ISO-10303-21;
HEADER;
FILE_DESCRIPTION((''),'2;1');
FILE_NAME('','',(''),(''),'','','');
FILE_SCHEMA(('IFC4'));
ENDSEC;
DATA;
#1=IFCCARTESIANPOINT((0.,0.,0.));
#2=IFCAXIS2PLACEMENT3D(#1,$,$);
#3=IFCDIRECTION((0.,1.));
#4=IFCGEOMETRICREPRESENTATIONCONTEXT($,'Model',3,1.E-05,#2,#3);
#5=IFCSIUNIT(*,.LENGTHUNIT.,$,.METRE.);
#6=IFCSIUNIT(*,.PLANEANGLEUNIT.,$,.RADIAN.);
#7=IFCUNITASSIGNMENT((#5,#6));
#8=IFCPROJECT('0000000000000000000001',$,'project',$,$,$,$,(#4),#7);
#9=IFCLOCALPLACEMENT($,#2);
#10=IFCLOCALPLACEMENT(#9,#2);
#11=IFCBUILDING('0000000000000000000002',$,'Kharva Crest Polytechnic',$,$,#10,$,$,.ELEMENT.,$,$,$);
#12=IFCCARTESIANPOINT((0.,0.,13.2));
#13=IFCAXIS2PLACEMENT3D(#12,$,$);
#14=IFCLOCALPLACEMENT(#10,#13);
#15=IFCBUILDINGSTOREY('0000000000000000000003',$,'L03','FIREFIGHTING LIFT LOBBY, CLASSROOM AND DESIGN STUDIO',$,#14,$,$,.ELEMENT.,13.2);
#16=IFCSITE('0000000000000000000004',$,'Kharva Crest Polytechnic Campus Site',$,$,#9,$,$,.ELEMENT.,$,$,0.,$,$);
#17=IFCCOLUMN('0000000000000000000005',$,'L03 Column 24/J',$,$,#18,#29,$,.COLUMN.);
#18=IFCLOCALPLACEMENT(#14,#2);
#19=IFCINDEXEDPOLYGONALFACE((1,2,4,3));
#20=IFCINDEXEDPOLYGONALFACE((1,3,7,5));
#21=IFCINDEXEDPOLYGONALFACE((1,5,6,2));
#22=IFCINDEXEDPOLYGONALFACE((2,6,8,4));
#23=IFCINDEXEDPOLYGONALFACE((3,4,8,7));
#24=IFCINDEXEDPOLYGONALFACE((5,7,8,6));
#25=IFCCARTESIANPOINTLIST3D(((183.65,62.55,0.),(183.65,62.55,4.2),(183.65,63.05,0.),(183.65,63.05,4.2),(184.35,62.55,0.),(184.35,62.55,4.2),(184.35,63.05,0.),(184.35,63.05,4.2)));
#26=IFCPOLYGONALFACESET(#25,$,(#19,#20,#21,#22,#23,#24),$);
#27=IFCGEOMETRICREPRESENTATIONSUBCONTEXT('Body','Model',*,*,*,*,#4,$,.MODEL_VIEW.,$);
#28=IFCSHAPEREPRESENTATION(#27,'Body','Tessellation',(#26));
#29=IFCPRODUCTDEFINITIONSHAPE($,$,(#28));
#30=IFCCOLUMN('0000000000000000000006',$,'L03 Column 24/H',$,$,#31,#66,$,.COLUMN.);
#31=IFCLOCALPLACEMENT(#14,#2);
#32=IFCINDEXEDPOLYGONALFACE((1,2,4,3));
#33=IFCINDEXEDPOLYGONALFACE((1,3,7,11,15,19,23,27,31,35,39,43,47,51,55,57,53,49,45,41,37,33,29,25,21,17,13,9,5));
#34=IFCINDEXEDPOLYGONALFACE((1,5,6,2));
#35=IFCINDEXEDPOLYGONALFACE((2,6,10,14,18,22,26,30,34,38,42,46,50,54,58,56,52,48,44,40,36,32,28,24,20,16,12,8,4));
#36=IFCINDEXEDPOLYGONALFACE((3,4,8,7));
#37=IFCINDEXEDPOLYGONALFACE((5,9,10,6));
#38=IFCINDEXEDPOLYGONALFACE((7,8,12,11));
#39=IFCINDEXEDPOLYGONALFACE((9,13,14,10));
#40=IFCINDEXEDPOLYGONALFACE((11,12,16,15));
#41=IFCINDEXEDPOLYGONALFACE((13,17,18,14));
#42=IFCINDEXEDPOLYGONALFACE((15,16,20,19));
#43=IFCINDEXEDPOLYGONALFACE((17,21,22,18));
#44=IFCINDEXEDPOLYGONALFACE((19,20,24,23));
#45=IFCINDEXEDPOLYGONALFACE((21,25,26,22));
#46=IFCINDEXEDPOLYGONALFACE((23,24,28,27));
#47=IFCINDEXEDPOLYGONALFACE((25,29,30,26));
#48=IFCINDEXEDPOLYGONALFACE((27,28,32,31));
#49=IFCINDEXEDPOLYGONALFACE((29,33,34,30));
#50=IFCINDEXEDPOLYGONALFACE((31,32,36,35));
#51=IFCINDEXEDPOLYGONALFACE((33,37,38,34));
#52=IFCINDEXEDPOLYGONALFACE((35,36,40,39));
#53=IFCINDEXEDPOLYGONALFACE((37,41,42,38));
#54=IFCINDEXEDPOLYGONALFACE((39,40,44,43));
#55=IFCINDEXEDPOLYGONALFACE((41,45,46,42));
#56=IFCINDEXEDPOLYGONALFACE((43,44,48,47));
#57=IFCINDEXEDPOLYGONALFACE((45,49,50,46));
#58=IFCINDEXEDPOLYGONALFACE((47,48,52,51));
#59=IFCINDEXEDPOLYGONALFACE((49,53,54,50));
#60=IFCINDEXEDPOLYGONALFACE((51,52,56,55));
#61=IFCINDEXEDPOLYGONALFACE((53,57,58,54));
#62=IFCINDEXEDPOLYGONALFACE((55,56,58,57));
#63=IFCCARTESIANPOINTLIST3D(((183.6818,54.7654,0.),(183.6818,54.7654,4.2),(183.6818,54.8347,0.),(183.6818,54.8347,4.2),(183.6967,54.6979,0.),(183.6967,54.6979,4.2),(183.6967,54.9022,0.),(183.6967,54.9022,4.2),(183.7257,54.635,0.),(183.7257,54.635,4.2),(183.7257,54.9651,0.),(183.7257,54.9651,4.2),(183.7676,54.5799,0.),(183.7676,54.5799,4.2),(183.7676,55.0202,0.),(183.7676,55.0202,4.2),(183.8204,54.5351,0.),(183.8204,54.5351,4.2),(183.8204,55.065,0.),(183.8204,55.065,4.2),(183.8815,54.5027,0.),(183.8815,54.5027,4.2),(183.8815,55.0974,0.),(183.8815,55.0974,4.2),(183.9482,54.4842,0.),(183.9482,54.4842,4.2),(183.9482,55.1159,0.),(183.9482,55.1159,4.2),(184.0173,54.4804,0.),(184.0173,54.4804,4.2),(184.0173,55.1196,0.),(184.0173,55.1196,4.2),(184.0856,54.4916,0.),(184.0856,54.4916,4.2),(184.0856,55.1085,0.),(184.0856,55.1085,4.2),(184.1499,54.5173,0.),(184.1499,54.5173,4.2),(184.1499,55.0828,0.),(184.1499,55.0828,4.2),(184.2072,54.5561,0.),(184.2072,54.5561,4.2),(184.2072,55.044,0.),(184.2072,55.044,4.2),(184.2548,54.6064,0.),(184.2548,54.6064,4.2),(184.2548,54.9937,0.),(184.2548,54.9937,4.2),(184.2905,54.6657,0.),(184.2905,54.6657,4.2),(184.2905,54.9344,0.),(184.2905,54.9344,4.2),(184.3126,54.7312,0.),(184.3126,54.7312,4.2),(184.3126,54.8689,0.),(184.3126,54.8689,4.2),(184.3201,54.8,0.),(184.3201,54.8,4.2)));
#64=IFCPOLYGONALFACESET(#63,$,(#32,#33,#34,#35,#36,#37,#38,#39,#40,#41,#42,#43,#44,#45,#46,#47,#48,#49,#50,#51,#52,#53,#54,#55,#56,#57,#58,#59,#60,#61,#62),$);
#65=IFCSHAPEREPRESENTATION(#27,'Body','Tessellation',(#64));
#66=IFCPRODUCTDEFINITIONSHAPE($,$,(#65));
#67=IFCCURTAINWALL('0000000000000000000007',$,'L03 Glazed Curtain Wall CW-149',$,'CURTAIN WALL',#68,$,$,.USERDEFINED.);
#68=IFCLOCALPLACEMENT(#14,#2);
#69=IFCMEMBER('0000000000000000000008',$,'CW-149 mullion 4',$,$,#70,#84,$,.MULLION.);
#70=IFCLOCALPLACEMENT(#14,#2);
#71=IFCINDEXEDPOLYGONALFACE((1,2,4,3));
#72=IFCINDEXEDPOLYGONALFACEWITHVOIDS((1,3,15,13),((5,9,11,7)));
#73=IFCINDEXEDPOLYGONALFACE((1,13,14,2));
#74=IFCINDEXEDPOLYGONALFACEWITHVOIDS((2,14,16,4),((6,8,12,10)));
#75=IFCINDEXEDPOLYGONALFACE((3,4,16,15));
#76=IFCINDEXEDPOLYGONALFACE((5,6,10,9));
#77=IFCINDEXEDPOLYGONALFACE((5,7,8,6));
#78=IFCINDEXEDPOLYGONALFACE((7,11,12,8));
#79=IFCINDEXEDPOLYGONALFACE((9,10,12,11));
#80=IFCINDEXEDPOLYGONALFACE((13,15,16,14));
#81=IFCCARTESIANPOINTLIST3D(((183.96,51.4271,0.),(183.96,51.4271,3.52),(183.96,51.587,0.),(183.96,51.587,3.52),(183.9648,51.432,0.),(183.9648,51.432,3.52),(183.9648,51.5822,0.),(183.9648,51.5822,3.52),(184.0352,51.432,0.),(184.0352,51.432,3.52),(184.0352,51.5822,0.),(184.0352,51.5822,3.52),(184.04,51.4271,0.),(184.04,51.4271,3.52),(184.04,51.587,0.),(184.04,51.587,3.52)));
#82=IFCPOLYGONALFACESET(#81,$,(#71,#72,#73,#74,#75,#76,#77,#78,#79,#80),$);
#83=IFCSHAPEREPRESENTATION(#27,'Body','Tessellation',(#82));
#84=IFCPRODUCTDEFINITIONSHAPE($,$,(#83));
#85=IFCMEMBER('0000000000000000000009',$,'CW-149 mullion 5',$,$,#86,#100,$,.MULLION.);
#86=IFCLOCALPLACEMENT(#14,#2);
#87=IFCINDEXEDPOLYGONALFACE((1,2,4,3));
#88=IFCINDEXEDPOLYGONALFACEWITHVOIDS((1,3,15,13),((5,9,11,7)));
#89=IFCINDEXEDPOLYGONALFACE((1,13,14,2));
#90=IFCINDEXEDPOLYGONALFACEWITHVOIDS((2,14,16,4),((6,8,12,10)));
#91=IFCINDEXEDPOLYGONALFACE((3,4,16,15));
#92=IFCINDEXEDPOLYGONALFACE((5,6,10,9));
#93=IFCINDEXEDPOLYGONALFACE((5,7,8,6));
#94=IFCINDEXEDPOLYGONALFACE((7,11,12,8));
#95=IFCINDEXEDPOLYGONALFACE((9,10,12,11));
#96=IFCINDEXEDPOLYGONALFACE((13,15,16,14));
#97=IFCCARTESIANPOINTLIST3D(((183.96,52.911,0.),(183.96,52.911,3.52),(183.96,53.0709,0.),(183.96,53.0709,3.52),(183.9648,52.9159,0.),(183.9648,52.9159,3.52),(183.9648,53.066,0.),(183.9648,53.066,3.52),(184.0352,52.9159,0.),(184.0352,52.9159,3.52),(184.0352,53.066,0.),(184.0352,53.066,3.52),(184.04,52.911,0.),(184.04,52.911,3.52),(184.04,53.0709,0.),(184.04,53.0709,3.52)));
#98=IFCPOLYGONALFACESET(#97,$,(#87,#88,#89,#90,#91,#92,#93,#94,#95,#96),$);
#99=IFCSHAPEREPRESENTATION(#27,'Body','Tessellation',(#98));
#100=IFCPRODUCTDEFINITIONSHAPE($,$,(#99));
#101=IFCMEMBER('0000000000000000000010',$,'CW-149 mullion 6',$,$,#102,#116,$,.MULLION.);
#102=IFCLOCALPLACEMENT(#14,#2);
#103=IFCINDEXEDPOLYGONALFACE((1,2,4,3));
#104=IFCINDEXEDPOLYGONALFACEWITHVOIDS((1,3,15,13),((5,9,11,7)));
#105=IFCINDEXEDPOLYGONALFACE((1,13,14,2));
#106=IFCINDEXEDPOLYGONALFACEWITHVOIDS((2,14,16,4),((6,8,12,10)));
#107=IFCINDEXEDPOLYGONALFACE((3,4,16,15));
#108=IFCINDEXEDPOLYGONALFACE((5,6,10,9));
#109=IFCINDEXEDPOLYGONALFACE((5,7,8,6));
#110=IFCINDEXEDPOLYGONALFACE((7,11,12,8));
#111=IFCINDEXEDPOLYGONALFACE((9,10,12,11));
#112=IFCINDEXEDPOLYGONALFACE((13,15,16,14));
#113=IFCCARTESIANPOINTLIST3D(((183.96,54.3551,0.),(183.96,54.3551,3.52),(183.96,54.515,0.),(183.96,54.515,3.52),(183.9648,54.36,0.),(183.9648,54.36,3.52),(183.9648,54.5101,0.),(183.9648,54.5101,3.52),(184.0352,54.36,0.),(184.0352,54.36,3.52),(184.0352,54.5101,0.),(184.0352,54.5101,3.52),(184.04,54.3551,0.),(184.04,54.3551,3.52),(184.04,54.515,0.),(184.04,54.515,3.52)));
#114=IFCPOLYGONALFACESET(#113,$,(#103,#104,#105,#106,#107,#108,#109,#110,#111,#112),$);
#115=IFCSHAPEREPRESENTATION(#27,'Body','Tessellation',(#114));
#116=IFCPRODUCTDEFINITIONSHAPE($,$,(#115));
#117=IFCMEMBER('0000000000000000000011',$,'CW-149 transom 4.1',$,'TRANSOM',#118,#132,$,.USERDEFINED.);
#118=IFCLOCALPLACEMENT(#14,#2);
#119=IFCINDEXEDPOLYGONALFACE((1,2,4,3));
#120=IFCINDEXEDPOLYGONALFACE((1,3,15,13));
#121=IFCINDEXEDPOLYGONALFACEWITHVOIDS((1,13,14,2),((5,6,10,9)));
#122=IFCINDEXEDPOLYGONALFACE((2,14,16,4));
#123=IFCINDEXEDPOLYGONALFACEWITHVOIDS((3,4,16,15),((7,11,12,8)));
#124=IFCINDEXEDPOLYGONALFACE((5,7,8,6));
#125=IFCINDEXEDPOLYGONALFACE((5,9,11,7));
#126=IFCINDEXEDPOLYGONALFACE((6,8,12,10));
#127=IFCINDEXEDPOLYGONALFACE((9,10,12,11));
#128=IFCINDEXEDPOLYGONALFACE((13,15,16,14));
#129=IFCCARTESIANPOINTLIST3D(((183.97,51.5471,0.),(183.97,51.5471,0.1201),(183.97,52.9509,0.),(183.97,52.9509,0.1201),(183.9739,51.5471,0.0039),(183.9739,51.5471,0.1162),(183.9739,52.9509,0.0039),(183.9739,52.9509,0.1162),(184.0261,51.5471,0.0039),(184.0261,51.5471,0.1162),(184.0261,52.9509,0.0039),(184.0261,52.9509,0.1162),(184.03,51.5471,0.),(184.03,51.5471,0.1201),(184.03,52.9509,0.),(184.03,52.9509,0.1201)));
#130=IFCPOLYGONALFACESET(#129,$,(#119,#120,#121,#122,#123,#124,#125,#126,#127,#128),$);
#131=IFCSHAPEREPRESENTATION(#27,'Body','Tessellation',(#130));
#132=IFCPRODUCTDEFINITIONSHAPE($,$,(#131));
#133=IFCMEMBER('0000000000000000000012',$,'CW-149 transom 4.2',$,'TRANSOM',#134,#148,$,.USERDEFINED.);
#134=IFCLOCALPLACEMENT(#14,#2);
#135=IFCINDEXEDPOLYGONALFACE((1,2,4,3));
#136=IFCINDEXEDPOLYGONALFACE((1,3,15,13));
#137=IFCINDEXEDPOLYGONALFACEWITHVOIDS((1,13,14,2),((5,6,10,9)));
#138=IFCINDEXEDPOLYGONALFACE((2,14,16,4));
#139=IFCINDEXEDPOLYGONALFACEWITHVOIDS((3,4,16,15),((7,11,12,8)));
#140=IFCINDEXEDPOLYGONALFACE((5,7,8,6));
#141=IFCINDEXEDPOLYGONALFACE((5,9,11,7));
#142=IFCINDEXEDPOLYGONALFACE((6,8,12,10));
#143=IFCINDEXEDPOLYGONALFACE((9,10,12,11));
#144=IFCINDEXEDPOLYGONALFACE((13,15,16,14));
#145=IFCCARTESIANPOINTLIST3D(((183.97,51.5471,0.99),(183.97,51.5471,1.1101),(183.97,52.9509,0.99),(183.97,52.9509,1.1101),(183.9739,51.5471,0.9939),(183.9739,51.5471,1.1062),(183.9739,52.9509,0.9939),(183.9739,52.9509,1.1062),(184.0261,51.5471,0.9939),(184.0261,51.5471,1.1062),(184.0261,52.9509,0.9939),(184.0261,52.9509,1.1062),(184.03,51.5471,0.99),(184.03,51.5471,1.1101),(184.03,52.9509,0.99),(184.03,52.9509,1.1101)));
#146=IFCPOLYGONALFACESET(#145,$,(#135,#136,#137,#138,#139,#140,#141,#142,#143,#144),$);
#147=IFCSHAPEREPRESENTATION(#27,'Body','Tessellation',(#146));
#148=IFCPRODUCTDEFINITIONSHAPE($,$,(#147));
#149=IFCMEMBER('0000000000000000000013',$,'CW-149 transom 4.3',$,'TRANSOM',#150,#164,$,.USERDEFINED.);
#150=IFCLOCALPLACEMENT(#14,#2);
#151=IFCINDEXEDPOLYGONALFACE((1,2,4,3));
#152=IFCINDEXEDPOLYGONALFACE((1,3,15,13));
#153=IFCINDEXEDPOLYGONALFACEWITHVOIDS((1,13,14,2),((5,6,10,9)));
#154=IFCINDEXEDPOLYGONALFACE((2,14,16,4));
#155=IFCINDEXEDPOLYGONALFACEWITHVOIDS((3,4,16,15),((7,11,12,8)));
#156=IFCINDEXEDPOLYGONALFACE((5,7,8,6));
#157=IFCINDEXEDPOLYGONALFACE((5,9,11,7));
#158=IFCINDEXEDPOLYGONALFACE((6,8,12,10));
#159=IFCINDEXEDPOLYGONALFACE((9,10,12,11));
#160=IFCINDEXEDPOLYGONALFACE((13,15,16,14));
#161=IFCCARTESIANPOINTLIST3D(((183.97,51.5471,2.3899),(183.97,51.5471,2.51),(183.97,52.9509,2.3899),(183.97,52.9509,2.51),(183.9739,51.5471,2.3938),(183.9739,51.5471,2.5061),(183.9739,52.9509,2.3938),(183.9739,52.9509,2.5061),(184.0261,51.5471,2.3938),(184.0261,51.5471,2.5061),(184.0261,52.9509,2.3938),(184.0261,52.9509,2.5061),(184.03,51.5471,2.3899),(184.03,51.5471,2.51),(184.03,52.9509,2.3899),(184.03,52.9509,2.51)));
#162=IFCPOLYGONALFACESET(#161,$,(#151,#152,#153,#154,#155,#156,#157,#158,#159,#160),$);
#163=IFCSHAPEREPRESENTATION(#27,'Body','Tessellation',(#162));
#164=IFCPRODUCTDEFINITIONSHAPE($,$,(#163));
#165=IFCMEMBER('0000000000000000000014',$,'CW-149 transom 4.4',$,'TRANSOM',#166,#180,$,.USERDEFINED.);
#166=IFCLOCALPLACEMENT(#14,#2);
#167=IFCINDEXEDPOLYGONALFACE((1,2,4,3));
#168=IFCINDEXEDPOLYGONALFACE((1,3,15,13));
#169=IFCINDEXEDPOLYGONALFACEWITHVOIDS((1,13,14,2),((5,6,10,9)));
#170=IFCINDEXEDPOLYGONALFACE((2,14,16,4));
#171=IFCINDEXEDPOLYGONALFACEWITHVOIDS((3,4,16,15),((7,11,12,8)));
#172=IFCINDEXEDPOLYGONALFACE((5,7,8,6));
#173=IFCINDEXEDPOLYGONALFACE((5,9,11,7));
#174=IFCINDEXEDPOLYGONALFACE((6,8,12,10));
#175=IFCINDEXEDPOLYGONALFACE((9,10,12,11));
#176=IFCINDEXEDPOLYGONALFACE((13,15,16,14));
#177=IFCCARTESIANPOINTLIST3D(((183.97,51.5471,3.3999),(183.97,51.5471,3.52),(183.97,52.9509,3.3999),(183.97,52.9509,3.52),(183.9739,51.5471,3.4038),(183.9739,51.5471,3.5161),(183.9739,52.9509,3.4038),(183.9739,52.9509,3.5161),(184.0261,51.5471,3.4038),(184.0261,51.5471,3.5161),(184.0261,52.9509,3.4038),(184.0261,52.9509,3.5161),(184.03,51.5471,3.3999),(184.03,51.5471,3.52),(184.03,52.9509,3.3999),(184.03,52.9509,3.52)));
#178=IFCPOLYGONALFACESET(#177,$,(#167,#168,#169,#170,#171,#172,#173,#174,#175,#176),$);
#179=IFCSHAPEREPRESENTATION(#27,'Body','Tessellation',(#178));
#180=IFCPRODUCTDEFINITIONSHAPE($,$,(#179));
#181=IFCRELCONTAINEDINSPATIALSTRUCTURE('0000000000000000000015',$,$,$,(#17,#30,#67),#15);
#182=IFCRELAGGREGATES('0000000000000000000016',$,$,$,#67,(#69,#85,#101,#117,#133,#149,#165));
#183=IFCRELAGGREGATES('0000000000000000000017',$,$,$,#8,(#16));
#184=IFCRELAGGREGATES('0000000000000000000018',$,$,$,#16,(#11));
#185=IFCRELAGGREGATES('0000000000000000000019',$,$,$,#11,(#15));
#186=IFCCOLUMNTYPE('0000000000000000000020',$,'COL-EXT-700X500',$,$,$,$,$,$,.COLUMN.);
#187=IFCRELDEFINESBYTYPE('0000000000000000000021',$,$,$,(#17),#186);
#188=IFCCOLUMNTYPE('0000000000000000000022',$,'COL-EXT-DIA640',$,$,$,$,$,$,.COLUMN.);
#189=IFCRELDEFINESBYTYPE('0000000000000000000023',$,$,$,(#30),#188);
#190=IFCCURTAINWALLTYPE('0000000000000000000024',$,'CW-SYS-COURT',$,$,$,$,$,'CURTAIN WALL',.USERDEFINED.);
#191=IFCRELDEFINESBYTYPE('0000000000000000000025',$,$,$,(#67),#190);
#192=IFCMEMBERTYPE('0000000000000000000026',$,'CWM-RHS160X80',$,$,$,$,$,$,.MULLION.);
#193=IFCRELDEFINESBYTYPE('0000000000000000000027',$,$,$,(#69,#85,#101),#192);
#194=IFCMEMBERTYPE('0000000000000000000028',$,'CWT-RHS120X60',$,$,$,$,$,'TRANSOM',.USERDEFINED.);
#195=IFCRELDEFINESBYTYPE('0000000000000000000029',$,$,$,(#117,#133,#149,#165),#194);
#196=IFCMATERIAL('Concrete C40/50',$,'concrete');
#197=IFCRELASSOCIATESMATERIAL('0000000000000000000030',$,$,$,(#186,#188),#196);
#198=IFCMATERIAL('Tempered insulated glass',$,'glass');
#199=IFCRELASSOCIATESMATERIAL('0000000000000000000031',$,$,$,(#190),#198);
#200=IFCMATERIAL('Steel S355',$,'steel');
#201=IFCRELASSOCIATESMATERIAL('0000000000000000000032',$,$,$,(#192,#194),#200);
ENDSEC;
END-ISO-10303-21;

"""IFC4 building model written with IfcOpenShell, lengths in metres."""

from ifc_helpers import new_model, si_unit, direction, frame, origin, origin_2d, place, context, subcontext, project, spatial, rectangle, hollow_rectangle, circle, extrude, material, material_profile, profile_set, type_object, element, aggregate, save


model = new_model("IFC4")

# Units and contexts
model_context = context("Model", 3, precision=1e-05, world=origin(), true_north=direction((0.0, 1.0)))
body_context = subcontext(model_context, "Body", "Model", "MODEL_VIEW")
ifc_project = project(units=[si_unit("LENGTHUNIT", "METRE"), si_unit("PLANEANGLEUNIT", "RADIAN")], contexts=[model_context])

# Site, building, storey
site_placement = place(None, origin())
site = spatial("IfcSite", under=ifc_project, at=site_placement, Name="Kharva Crest Polytechnic Campus Site", CompositionType="ELEMENT", RefElevation=0.0)
building_placement = place(site_placement, origin())
building = spatial("IfcBuilding", under=site, at=building_placement, Name="Kharva Crest Polytechnic", CompositionType="ELEMENT")
storey_placement = place(building_placement, frame((0.0, 0.0, 13.2)))
storey = spatial("IfcBuildingStorey", under=building, at=storey_placement, Name="L03", Description="FIREFIGHTING LIFT LOBBY, CLASSROOM AND DESIGN STUDIO", CompositionType="ELEMENT", Elevation=13.2)

# Columns
ifc_material_1 = material(Name="Concrete C40/50", Category="concrete")
ifc_material_profile_1 = material_profile(ifc_material_1, rectangle(XDim=0.7, YDim=0.5, at=origin_2d()), Name="RECT 700 X 500")
ifc_profile_set_1 = profile_set([ifc_material_profile_1], Name="Concrete C40/50")
column_type_1 = type_object("IfcColumnType", Name="COL-EXT-700X500", PredefinedType="COLUMN", material=ifc_profile_set_1)
column_1_placement = place(storey_placement, frame((184.0, 62.8, 0.0), z_axis=(0.0, 0.0, 1.0), x_axis=(1.0, 0.0, 0.0)))
element("IfcColumn", 1, at=column_1_placement, inside=storey, type_object=column_type_1, Name="L03 Column 24/J", PredefinedType="COLUMN", context=body_context, shape_type="SweptSolid", body=[
    extrude(rectangle(XDim=0.7, YDim=0.5, at=origin_2d()), origin(), (0.0, 0.0, 1.0), 4.2),
])
ifc_material_profile_2 = material_profile(ifc_material_1, circle(Radius=0.3201, at=origin_2d()), Name="DIA 640")
ifc_profile_set_2 = profile_set([ifc_material_profile_2], Name="Concrete C40/50")
column_type_2 = type_object("IfcColumnType", Name="COL-EXT-DIA640", PredefinedType="COLUMN", material=ifc_profile_set_2)
column_2_placement = place(storey_placement, frame((184.0, 54.8, 0.0), z_axis=(0.0, 0.0, 1.0), x_axis=(1.0, 0.0, 0.0)))
element("IfcColumn", 2, at=column_2_placement, inside=storey, type_object=column_type_2, Name="L03 Column 24/H", PredefinedType="COLUMN", context=body_context, shape_type="SweptSolid", body=[
    extrude(circle(Radius=0.3201, at=origin_2d()), origin(), (0.0, 0.0, 1.0), 4.2),
])

# Curtain wall, members
ifc_material_2 = material(Name="Tempered insulated glass", Category="glass")
curtain_wall_type = type_object("IfcCurtainWallType", Name="CW-SYS-COURT", ElementType="CURTAIN WALL", PredefinedType="USERDEFINED", material=ifc_material_2)
curtain_wall_placement = place(storey_placement, origin())
curtain_wall = element("IfcCurtainWall", 3, at=curtain_wall_placement, inside=storey, type_object=curtain_wall_type, Name="L03 Glazed Curtain Wall CW-149", ObjectType="CURTAIN WALL", PredefinedType="USERDEFINED")
ifc_material_3 = material(Name="Steel S355", Category="steel")
ifc_material_profile_3 = material_profile(ifc_material_3, hollow_rectangle(XDim=0.0801, YDim=0.1599, WallThickness=0.0049, at=origin_2d()), Name="RHS 160X80X5.0")
ifc_profile_set_3 = profile_set([ifc_material_profile_3], Name="Steel S355")
member_type_1 = type_object("IfcMemberType", Name="CWM-RHS160X80", PredefinedType="MULLION", material=ifc_profile_set_3)
member_1_placement = place(storey_placement, frame((184.0, 51.5071, 0.0), z_axis=(0.0, 0.0, 1.0), x_axis=(-1.0, 0.0, 0.0)))
member_1 = element("IfcMember", 4, at=member_1_placement, type_object=member_type_1, Name="CW-149 mullion 4", PredefinedType="MULLION", context=body_context, shape_type="SweptSolid", body=[
    extrude(hollow_rectangle(XDim=0.0801, YDim=0.1599, WallThickness=0.0049, at=origin_2d()), origin(), (0.0, 0.0, 1.0), 3.52),
])
member_2_placement = place(storey_placement, frame((184.0, 52.991, 0.0), z_axis=(0.0, 0.0, 1.0), x_axis=(-1.0, 0.0, 0.0)))
member_2 = element("IfcMember", 5, at=member_2_placement, type_object=member_type_1, Name="CW-149 mullion 5", PredefinedType="MULLION", context=body_context, shape_type="SweptSolid", body=[
    extrude(hollow_rectangle(XDim=0.0801, YDim=0.1599, WallThickness=0.0049, at=origin_2d()), origin(), (0.0, 0.0, 1.0), 3.52),
])
member_3_placement = place(storey_placement, frame((184.0, 54.4351, 0.0), z_axis=(0.0, 0.0, 1.0), x_axis=(-1.0, 0.0, 0.0)))
member_3 = element("IfcMember", 6, at=member_3_placement, type_object=member_type_1, Name="CW-149 mullion 6", PredefinedType="MULLION", context=body_context, shape_type="SweptSolid", body=[
    extrude(hollow_rectangle(XDim=0.0801, YDim=0.1599, WallThickness=0.0049, at=origin_2d()), origin(), (0.0, 0.0, 1.0), 3.52),
])
ifc_material_profile_4 = material_profile(ifc_material_3, hollow_rectangle(XDim=0.0601, YDim=0.1201, WallThickness=0.0039, at=origin_2d()), Name="RHS 120X60X4.0")
ifc_profile_set_4 = profile_set([ifc_material_profile_4], Name="Steel S355")
member_type_2 = type_object("IfcMemberType", Name="CWT-RHS120X60", ElementType="TRANSOM", PredefinedType="USERDEFINED", material=ifc_profile_set_4)
member_4_placement = place(storey_placement, frame((184.0, 51.5471, 0.0601), z_axis=(0.0, 1.0, 0.0), x_axis=(-1.0, 0.0, 0.0)))
member_4 = element("IfcMember", 7, at=member_4_placement, type_object=member_type_2, Name="CW-149 transom 4.1", ObjectType="TRANSOM", PredefinedType="USERDEFINED", context=body_context, shape_type="SweptSolid", body=[
    extrude(hollow_rectangle(XDim=0.0601, YDim=0.1201, WallThickness=0.0039, at=origin_2d()), origin(), (0.0, 0.0, 1.0), 1.4038),
])
member_5_placement = place(storey_placement, frame((184.0, 51.5471, 1.05), z_axis=(0.0, 1.0, 0.0), x_axis=(-1.0, 0.0, 0.0)))
member_5 = element("IfcMember", 8, at=member_5_placement, type_object=member_type_2, Name="CW-149 transom 4.2", ObjectType="TRANSOM", PredefinedType="USERDEFINED", context=body_context, shape_type="SweptSolid", body=[
    extrude(hollow_rectangle(XDim=0.0601, YDim=0.1201, WallThickness=0.0039, at=origin_2d()), origin(), (0.0, 0.0, 1.0), 1.4038),
])
member_6_placement = place(storey_placement, frame((184.0, 51.5471, 2.45), z_axis=(0.0, 1.0, 0.0), x_axis=(-1.0, 0.0, 0.0)))
member_6 = element("IfcMember", 9, at=member_6_placement, type_object=member_type_2, Name="CW-149 transom 4.3", ObjectType="TRANSOM", PredefinedType="USERDEFINED", context=body_context, shape_type="SweptSolid", body=[
    extrude(hollow_rectangle(XDim=0.0601, YDim=0.1201, WallThickness=0.0039, at=origin_2d()), origin(), (0.0, 0.0, 1.0), 1.4038),
])
member_7_placement = place(storey_placement, frame((184.0, 51.5471, 3.46), z_axis=(0.0, 1.0, 0.0), x_axis=(-1.0, 0.0, 0.0)))
member_7 = element("IfcMember", 10, at=member_7_placement, type_object=member_type_2, Name="CW-149 transom 4.4", ObjectType="TRANSOM", PredefinedType="USERDEFINED", context=body_context, shape_type="SweptSolid", body=[
    extrude(hollow_rectangle(XDim=0.0601, YDim=0.1201, WallThickness=0.0039, at=origin_2d()), origin(), (0.0, 0.0, 1.0), 1.4038),
])

aggregate(curtain_wall, [member_1, member_2, member_3, member_4, member_5, member_6, member_7])

save(model, "model.ifc")
